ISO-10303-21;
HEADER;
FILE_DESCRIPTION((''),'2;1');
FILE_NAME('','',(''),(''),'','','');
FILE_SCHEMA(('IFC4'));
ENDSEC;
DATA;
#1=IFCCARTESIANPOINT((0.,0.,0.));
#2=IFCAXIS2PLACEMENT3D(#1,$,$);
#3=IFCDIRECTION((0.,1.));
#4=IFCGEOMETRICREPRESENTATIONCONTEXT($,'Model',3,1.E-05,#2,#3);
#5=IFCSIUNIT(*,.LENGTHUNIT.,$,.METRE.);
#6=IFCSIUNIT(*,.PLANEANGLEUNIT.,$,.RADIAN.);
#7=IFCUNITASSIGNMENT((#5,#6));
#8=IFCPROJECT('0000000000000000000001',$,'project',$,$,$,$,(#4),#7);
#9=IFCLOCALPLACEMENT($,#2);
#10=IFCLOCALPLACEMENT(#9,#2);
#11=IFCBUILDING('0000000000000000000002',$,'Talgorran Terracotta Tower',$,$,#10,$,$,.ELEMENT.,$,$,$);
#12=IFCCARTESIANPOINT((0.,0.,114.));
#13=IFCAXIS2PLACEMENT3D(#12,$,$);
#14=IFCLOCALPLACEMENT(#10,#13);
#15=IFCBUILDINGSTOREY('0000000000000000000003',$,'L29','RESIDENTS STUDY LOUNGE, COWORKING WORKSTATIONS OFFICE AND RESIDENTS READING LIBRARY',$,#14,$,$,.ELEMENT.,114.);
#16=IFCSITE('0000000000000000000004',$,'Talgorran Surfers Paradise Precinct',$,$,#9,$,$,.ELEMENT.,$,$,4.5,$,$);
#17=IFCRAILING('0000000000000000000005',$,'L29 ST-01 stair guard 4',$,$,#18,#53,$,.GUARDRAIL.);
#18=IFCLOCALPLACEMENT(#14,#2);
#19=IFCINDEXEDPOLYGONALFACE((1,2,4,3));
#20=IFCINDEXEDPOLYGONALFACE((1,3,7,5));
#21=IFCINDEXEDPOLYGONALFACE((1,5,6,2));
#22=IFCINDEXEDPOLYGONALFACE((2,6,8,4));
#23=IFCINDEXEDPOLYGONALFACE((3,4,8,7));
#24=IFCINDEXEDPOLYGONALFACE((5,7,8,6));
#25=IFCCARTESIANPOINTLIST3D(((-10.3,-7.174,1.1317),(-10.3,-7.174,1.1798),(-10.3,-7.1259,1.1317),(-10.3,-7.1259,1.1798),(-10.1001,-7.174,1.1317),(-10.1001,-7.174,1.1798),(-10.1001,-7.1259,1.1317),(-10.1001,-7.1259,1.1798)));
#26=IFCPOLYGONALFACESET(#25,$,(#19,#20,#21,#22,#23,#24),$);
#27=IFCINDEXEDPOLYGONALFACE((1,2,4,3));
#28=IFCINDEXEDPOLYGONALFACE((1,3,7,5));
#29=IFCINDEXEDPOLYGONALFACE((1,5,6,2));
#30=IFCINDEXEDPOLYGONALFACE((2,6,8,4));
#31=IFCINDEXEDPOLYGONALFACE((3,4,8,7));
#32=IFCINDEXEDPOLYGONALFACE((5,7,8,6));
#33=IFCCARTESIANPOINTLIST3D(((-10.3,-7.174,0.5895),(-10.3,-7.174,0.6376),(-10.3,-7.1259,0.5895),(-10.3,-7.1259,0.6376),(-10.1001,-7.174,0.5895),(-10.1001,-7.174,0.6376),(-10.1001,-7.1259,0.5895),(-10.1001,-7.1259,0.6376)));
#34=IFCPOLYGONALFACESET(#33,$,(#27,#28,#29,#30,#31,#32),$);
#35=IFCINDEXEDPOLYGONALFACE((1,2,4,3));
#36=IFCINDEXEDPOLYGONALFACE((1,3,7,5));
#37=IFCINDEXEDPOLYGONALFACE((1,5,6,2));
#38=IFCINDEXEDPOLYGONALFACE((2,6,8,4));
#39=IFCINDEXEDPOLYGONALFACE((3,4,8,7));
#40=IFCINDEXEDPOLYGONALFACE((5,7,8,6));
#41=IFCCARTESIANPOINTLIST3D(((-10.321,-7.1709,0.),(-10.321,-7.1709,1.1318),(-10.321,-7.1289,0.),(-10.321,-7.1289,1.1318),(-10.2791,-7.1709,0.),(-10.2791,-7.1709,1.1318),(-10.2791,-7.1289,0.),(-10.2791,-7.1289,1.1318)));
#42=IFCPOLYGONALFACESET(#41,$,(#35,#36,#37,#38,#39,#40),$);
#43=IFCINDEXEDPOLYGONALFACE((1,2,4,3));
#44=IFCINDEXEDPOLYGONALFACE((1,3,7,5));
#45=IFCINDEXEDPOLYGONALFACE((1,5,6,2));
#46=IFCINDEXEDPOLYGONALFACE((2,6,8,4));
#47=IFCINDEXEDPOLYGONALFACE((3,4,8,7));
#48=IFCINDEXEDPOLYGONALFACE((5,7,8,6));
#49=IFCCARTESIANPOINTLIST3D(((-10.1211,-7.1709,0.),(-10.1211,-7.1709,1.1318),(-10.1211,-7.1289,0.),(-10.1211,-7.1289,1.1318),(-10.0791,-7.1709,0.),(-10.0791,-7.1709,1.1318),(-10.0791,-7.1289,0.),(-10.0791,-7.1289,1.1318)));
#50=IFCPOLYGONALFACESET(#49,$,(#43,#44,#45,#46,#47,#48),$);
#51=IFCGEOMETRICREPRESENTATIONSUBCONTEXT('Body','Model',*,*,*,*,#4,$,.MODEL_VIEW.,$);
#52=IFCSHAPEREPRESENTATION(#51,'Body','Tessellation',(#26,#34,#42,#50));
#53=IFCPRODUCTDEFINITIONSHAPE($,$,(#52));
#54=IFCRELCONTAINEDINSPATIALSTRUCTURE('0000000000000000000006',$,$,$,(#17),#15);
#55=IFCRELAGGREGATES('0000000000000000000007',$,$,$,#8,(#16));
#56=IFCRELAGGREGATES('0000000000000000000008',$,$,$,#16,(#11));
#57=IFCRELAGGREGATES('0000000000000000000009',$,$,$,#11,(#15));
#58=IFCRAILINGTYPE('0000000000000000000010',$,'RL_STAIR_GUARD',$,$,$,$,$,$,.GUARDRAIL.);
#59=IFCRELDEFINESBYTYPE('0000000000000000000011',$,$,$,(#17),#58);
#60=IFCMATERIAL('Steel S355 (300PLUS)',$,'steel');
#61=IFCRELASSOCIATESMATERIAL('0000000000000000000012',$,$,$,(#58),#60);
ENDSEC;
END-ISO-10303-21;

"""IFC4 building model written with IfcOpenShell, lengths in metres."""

from ifc_helpers import new_model, si_unit, direction, frame, origin, origin_2d, place, context, subcontext, project, spatial, rectangle, extrude, material, type_object, element, save


model = new_model("IFC4")

# Units and contexts
model_context = context("Model", 3, precision=1e-05, world=origin(), true_north=direction((0.0, 1.0)))
body_context = subcontext(model_context, "Body", "Model", "MODEL_VIEW")
ifc_project = project(units=[si_unit("LENGTHUNIT", "METRE"), si_unit("PLANEANGLEUNIT", "RADIAN")], contexts=[model_context])

# Site, building, storey
site_placement = place(None, origin())
site = spatial("IfcSite", under=ifc_project, at=site_placement, Name="Talgorran Surfers Paradise Precinct", CompositionType="ELEMENT", RefElevation=4.5)
building_placement = place(site_placement, origin())
building = spatial("IfcBuilding", under=site, at=building_placement, Name="Talgorran Terracotta Tower", CompositionType="ELEMENT")
storey_placement = place(building_placement, frame((0.0, 0.0, 114.0)))
storey = spatial("IfcBuildingStorey", under=building, at=storey_placement, Name="L29", Description="RESIDENTS STUDY LOUNGE, COWORKING WORKSTATIONS OFFICE AND RESIDENTS READING LIBRARY", CompositionType="ELEMENT", Elevation=114.0)

# Railing
ifc_material_1 = material(Name="Steel S355 (300PLUS)", Category="steel")
railing_type_1 = type_object("IfcRailingType", Name="RL_STAIR_GUARD", PredefinedType="GUARDRAIL", material=ifc_material_1)
railing_1_placement = place(storey_placement, frame((-10.3, -7.1499, 0.0)))
element("IfcRailing", 1, at=railing_1_placement, inside=storey, type_object=railing_type_1, Name="L29 ST-01 stair guard 4", PredefinedType="GUARDRAIL", context=body_context, shape_type="SweptSolid", body=[
    extrude(rectangle(XDim=0.0481, YDim=0.0481, at=origin_2d()), frame((0.0, 0.0, 1.1558), z_axis=(1.0, 0.0, 0.0), x_axis=(0.0, 1.0, 0.0)), (0.0, 0.0, 1.0), 0.2),
    extrude(rectangle(XDim=0.0481, YDim=0.0481, at=origin_2d()), frame((0.0, 0.0, 0.6135), z_axis=(1.0, 0.0, 0.0), x_axis=(0.0, 1.0, 0.0)), (0.0, 0.0, 1.0), 0.2),
    extrude(rectangle(XDim=0.042, YDim=0.042, at=origin_2d()), origin(), (0.0, 0.0, 1.0), 1.1318),
    extrude(rectangle(XDim=0.042, YDim=0.042, at=origin_2d()), frame((0.2, 0.0, 0.0)), (0.0, 0.0, 1.0), 1.1318),
])

save(model, "model.ifc")
